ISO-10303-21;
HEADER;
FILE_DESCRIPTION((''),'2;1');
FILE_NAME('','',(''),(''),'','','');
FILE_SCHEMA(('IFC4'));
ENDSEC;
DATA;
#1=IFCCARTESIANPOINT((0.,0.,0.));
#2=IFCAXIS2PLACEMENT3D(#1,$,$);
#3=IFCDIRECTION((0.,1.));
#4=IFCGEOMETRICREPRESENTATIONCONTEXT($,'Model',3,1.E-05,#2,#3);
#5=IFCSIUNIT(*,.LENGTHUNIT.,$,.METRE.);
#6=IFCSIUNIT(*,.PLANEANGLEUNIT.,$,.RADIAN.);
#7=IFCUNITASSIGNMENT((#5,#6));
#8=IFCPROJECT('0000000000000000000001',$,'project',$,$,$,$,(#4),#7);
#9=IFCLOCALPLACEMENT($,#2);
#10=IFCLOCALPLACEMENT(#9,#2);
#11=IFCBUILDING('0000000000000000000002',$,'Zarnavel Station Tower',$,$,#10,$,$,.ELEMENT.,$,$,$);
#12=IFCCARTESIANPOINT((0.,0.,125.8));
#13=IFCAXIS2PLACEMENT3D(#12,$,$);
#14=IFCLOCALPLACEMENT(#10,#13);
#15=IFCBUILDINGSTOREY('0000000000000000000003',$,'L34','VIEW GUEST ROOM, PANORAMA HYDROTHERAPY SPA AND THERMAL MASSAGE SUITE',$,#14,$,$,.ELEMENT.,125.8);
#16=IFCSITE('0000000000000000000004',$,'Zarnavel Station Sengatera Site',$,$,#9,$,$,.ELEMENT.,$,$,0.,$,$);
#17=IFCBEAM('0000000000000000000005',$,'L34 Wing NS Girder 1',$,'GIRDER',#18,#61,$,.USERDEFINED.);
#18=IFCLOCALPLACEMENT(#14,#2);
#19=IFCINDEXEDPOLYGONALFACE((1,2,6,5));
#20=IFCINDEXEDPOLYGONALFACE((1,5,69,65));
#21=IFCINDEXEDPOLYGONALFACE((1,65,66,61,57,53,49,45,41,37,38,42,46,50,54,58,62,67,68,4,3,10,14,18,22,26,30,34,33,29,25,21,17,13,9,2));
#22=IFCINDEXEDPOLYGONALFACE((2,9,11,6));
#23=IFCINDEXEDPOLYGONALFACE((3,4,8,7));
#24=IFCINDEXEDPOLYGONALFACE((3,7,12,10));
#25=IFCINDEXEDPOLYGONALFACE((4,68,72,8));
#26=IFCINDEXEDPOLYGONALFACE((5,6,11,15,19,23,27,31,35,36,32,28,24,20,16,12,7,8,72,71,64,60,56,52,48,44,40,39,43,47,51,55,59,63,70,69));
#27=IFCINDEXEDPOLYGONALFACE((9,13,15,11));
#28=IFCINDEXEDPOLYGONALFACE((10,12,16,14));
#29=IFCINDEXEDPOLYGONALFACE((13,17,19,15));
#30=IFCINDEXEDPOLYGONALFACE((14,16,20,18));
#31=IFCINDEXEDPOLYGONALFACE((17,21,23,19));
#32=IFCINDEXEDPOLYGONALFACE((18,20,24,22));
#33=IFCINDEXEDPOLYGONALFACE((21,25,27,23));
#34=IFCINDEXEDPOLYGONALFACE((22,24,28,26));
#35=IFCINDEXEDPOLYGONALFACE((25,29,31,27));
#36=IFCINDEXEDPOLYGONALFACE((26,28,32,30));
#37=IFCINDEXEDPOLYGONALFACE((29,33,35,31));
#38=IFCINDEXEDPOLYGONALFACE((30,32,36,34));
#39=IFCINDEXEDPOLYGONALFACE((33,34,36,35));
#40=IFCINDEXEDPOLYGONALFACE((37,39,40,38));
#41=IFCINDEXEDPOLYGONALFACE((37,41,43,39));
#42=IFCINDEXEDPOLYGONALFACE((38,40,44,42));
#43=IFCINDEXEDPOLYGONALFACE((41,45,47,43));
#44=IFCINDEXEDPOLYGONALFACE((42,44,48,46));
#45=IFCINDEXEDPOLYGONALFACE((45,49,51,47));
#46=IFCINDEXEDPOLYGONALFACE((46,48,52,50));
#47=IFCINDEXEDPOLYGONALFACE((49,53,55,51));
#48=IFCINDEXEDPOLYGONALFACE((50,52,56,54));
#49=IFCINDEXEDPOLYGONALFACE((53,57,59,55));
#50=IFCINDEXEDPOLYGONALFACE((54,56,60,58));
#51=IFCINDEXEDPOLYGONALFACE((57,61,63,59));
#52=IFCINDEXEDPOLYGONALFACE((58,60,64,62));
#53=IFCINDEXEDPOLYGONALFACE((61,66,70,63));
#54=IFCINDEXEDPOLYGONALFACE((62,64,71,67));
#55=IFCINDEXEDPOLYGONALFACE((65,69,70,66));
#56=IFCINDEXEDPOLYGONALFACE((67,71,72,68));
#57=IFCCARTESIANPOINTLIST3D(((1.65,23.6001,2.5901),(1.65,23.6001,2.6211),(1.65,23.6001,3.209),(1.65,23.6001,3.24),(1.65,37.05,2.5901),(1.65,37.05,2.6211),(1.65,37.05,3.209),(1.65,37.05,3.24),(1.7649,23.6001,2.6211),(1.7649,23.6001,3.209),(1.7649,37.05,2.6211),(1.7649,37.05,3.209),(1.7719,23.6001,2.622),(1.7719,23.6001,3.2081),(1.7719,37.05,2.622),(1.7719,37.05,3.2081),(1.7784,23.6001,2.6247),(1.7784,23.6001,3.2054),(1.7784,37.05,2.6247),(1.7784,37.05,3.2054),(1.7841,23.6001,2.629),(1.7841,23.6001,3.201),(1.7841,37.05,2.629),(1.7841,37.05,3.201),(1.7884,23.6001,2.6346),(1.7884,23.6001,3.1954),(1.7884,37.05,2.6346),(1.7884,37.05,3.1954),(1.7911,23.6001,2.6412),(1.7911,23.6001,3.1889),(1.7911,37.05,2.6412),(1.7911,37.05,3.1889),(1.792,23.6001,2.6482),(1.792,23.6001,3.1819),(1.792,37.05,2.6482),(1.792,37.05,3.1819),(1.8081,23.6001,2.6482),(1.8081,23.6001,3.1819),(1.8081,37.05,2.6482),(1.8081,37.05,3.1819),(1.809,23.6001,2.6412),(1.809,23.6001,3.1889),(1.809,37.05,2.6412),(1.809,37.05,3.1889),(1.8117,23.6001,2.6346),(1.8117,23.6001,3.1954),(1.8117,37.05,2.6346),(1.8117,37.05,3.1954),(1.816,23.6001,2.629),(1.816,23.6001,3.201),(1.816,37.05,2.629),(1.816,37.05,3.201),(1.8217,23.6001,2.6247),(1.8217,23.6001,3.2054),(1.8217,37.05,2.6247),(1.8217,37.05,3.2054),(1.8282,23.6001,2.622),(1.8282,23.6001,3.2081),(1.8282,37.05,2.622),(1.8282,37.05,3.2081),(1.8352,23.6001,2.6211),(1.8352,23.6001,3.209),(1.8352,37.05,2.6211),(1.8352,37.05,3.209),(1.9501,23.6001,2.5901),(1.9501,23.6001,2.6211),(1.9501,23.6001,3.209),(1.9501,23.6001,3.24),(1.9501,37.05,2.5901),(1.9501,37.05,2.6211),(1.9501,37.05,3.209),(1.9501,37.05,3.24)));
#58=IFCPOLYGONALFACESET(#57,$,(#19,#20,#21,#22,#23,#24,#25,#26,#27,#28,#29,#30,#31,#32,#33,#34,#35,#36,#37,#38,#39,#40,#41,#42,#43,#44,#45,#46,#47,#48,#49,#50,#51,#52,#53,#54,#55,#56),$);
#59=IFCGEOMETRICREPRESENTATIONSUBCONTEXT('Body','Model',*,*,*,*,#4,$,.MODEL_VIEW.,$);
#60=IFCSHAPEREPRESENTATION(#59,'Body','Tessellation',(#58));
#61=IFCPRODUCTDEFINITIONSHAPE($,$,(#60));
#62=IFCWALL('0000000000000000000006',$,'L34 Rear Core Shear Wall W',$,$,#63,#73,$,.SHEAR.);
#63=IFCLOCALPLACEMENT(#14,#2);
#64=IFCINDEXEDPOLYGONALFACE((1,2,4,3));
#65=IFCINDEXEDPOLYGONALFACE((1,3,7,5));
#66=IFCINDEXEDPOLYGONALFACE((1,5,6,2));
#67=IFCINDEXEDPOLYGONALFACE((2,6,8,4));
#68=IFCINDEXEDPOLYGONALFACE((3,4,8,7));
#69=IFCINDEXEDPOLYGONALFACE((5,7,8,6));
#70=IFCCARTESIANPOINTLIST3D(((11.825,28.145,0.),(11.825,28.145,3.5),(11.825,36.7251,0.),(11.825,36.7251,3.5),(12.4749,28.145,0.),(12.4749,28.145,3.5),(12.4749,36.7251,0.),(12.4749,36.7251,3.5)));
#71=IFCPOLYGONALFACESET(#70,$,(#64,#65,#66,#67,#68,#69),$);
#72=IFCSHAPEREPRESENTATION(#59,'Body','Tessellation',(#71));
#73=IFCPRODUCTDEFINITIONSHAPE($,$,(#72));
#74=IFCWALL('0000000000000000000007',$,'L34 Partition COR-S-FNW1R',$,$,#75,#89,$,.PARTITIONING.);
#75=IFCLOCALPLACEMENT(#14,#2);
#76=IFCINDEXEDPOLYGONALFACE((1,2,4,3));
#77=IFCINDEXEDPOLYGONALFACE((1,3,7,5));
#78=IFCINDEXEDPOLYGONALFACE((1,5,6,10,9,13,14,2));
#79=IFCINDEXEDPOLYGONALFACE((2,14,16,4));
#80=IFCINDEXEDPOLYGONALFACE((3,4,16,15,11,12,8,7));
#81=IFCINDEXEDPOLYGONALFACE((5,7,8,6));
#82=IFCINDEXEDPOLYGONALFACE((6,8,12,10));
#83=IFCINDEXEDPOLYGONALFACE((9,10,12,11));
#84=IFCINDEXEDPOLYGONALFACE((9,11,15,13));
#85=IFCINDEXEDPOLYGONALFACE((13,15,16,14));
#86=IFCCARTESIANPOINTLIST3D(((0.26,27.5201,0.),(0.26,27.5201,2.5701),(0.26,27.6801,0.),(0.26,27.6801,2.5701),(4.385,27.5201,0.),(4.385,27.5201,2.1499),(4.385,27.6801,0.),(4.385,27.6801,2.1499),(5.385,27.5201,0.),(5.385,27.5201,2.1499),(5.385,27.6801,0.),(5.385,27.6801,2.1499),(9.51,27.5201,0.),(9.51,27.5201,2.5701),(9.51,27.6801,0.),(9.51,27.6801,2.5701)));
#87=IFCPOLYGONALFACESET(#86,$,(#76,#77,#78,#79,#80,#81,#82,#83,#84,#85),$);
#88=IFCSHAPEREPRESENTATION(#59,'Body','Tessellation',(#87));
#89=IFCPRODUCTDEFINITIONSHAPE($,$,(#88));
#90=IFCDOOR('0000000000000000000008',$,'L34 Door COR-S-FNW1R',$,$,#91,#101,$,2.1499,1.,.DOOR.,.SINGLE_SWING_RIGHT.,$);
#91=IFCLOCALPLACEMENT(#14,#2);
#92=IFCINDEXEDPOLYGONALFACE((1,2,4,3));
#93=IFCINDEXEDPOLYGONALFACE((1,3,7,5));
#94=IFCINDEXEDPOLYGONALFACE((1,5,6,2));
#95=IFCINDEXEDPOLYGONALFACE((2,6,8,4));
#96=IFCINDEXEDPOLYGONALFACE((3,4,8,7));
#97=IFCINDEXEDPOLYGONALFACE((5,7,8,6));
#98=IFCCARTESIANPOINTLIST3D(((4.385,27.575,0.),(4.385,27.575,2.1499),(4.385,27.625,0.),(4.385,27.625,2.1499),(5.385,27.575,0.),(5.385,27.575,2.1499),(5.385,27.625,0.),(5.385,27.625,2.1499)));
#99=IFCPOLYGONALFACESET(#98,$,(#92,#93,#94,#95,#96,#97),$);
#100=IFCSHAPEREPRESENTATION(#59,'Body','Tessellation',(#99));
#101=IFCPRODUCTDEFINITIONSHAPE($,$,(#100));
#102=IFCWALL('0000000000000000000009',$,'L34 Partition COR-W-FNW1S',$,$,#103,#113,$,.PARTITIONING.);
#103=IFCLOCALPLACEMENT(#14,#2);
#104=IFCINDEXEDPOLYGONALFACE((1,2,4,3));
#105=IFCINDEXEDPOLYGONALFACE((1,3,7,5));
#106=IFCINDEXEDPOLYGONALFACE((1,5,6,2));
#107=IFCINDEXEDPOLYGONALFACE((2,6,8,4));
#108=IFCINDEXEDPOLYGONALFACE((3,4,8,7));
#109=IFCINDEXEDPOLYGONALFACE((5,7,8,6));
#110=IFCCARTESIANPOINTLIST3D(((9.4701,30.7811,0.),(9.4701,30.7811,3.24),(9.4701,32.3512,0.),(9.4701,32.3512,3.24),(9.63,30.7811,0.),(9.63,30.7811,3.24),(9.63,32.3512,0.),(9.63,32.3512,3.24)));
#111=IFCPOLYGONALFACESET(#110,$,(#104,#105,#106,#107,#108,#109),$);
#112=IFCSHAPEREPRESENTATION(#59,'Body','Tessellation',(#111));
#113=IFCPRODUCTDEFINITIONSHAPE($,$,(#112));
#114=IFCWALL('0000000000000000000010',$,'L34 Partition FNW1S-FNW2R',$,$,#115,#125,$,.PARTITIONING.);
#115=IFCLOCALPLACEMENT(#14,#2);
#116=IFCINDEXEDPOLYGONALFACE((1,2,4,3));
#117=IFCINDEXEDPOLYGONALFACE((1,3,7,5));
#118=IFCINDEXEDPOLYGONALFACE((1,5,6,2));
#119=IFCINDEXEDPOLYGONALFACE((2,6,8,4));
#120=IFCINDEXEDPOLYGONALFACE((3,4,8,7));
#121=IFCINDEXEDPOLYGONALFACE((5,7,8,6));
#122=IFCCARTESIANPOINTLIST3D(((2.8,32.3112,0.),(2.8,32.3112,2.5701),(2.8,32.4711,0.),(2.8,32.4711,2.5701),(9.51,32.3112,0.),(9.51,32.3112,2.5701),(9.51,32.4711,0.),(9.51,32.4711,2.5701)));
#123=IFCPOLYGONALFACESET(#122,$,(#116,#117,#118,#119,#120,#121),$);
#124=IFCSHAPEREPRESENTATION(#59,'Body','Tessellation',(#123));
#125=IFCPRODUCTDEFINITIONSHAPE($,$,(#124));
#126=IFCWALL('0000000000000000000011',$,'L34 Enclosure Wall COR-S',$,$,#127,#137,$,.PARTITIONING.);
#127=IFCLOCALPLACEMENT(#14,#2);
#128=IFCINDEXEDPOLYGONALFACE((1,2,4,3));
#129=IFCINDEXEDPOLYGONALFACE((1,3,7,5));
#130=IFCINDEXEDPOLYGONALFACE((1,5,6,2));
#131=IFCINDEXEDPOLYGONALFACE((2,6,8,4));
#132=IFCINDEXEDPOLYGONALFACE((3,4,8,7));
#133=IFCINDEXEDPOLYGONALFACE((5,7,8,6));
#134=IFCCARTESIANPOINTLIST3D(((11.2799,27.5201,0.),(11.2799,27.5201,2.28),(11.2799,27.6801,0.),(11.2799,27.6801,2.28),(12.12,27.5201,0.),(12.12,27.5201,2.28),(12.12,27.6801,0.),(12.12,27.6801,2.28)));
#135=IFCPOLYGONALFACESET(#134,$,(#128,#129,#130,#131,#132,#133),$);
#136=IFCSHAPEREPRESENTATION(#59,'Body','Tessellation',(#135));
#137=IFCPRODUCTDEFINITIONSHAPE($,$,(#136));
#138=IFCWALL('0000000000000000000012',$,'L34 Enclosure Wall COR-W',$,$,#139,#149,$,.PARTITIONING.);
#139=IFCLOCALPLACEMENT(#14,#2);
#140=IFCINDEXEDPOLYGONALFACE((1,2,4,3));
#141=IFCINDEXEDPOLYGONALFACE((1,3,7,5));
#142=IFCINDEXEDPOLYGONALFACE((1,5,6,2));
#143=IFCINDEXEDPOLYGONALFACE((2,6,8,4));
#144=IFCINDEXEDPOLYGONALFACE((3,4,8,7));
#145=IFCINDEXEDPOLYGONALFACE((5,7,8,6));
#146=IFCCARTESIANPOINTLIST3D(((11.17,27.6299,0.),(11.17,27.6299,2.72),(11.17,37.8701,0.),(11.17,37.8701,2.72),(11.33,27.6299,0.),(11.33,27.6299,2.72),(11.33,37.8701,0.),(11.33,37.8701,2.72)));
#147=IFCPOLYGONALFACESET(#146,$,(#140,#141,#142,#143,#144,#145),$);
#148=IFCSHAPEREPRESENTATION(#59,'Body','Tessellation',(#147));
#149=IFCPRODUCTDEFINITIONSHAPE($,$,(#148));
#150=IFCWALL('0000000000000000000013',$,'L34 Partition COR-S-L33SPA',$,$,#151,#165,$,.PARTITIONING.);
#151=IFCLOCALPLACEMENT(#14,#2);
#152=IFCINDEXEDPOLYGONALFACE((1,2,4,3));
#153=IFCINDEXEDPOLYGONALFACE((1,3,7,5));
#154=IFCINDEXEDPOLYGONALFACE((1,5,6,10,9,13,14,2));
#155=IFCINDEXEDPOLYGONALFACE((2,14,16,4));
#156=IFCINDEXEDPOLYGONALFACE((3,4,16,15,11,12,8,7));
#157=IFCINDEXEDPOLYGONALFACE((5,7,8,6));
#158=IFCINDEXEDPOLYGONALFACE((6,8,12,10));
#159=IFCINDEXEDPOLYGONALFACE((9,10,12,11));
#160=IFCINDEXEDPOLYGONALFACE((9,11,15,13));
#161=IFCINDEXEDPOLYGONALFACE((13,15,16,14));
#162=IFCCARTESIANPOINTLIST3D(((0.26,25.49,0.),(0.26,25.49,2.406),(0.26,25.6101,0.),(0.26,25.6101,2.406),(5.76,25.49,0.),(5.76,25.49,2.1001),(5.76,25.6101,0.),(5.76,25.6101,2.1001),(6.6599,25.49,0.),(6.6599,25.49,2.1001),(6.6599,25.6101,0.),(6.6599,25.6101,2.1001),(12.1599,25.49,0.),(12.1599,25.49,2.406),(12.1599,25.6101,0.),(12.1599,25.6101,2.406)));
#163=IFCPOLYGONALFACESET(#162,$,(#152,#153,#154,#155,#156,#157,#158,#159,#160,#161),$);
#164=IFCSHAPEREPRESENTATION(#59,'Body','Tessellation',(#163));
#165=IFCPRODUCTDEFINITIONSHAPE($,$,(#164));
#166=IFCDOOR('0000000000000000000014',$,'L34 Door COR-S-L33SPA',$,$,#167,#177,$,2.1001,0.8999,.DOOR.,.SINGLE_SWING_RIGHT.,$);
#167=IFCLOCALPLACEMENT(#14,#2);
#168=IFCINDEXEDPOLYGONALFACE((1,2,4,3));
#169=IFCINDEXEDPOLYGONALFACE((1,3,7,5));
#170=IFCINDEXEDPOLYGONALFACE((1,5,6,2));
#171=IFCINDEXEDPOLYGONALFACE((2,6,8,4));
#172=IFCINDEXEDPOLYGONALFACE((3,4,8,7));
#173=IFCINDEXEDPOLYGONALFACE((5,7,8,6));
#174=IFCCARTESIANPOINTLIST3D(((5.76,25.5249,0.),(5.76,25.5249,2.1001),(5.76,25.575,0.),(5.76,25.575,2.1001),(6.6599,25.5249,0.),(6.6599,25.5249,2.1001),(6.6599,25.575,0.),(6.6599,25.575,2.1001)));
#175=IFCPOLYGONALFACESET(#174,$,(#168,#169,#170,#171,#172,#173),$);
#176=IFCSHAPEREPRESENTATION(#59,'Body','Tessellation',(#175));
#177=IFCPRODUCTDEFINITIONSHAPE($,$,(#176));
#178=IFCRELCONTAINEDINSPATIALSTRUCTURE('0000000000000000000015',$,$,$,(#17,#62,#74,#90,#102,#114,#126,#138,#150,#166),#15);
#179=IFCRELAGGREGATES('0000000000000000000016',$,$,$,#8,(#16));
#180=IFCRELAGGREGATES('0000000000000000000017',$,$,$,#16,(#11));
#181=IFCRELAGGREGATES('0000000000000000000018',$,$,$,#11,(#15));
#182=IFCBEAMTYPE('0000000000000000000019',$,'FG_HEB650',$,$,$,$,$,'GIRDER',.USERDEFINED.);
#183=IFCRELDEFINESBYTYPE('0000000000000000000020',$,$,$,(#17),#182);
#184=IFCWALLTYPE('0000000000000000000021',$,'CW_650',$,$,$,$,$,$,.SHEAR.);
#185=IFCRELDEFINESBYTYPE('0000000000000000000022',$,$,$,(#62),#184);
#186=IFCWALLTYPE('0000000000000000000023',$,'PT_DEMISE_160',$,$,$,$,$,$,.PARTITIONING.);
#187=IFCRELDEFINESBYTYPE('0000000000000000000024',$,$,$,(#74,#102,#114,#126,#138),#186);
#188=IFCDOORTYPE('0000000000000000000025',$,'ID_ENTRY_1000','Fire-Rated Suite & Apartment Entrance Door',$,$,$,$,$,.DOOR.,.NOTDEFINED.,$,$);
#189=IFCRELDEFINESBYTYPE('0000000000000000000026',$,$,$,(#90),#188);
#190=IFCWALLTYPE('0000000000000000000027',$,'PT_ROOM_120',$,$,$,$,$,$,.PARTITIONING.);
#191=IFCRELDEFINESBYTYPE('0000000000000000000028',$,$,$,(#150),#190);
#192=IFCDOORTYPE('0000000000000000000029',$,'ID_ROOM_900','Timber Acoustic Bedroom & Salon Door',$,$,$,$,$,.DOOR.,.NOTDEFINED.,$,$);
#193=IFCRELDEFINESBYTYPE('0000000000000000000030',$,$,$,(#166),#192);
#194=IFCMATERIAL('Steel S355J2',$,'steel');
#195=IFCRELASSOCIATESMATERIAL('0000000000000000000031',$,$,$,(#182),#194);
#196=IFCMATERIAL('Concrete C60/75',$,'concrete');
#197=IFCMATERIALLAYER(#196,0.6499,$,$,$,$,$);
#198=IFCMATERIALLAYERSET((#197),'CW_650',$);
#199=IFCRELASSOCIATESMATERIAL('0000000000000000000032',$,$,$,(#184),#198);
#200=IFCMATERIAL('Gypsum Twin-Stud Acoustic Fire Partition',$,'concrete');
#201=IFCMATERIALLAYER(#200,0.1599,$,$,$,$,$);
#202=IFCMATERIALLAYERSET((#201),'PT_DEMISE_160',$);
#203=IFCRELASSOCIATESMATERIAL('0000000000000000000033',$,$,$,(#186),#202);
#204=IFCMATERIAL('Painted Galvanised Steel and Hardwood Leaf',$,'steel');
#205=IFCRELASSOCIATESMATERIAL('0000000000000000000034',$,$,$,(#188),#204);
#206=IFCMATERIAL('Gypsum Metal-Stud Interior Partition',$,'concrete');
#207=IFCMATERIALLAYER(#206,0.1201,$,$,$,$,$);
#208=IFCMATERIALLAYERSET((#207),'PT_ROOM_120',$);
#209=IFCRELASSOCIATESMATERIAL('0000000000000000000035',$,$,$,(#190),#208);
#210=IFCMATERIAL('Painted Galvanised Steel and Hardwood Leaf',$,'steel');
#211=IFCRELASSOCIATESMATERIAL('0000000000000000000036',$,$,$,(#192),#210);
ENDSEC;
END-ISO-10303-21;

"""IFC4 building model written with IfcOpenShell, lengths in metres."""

from ifc_helpers import new_model, si_unit, direction, frame, frame_2d, origin, origin_2d, place, context, subcontext, project, spatial, rectangle, i_section, extrude, material, layer, layer_set, material_profile, profile_set, type_object, element, fill, save


model = new_model("IFC4")

# Units and contexts
model_context = context("Model", 3, precision=1e-05, world=origin(), true_north=direction((0.0, 1.0)))
body_context = subcontext(model_context, "Body", "Model", "MODEL_VIEW")
ifc_project = project(units=[si_unit("LENGTHUNIT", "METRE"), si_unit("PLANEANGLEUNIT", "RADIAN")], contexts=[model_context])

# Site, building, storey
site_placement = place(None, origin())
site = spatial("IfcSite", under=ifc_project, at=site_placement, Name="Zarnavel Station Sengatera Site", CompositionType="ELEMENT", RefElevation=0.0)
building_placement = place(site_placement, origin())
building = spatial("IfcBuilding", under=site, at=building_placement, Name="Zarnavel Station Tower", CompositionType="ELEMENT")
storey_placement = place(building_placement, frame((0.0, 0.0, 125.8)))
storey = spatial("IfcBuildingStorey", under=building, at=storey_placement, Name="L34", Description="VIEW GUEST ROOM, PANORAMA HYDROTHERAPY SPA AND THERMAL MASSAGE SUITE", CompositionType="ELEMENT", Elevation=125.8)

# Beam
ifc_material_1 = material(Name="Steel S355J2", Category="steel")
ifc_material_profile_1 = material_profile(ifc_material_1, i_section(OverallWidth=0.3, OverallDepth=0.6499, WebThickness=0.0161, FlangeThickness=0.031, FilletRadius=0.0271, at=origin_2d()), Name="HEB650")
ifc_profile_set_1 = profile_set([ifc_material_profile_1], Name="Steel S355J2")
beam_type_1 = type_object("IfcBeamType", Name="FG_HEB650", ElementType="GIRDER", PredefinedType="USERDEFINED", material=ifc_profile_set_1)
beam_1_placement = place(storey_placement, frame((1.8, 23.6001, 2.915), z_axis=(0.0, 1.0, 0.0), x_axis=(-1.0, 0.0, 0.0)))
element("IfcBeam", 1, at=beam_1_placement, inside=storey, type_object=beam_type_1, Name="L34 Wing NS Girder 1", ObjectType="GIRDER", PredefinedType="USERDEFINED", context=body_context, shape_type="SweptSolid", body=[
    extrude(i_section(OverallWidth=0.3, OverallDepth=0.6499, WebThickness=0.0161, FlangeThickness=0.031, FilletRadius=0.0271, at=origin_2d()), origin(), (0.0, 0.0, 1.0), 13.45),
])

# Wall
ifc_material_2 = material(Name="Concrete C60/75", Category="concrete")
ifc_layer_1 = layer(ifc_material_2, 0.6499)
ifc_layer_set_1 = layer_set([ifc_layer_1], Name="CW_650")
wall_type_1 = type_object("IfcWallType", Name="CW_650", PredefinedType="SHEAR", material=ifc_layer_set_1)
wall_1_placement = place(storey_placement, frame((12.1499, 28.145, 0.0), z_axis=(0.0, 0.0, 1.0), x_axis=(0.0, 1.0, 0.0)))
element("IfcWall", 2, at=wall_1_placement, inside=storey, type_object=wall_type_1, Name="L34 Rear Core Shear Wall W", PredefinedType="SHEAR", context=body_context, shape_type="SweptSolid", body=[
    extrude(rectangle(XDim=8.5801, YDim=0.6499, at=frame_2d((4.29, 0.0))), origin(), (0.0, 0.0, 1.0), 3.5),
])

# Wall, opening, door
ifc_material_3 = material(Name="Gypsum Twin-Stud Acoustic Fire Partition", Category="concrete")
ifc_layer_2 = layer(ifc_material_3, 0.1599)
ifc_layer_set_2 = layer_set([ifc_layer_2], Name="PT_DEMISE_160")
wall_type_2 = type_object("IfcWallType", Name="PT_DEMISE_160", PredefinedType="PARTITIONING", material=ifc_layer_set_2)
wall_2_placement = place(storey_placement, frame((0.26, 27.6001, 0.0), z_axis=(0.0, 0.0, 1.0), x_axis=(1.0, 0.0, 0.0)))
wall_2 = element("IfcWall", 3, at=wall_2_placement, inside=storey, type_object=wall_type_2, Name="L34 Partition COR-S-FNW1R", PredefinedType="PARTITIONING", context=body_context, shape_type="SweptSolid", body=[
    extrude(rectangle(XDim=9.25, YDim=0.1599, at=frame_2d((4.625, 0.0))), origin(), (0.0, 0.0, 1.0), 2.5701),
])
opening_1_placement = place(wall_2_placement, frame((4.125, 0.0, 0.0)))
opening_1 = element("IfcOpeningElement", 4, at=opening_1_placement, cuts=wall_2, PredefinedType="OPENING", context=body_context, shape_type="SweptSolid", body=[
    extrude(rectangle(XDim=1.0, YDim=2.1499, at=frame_2d((0.5, 1.075))), frame((0.0, 0.0898, 0.0), z_axis=(0.0, -1.0, 0.0), x_axis=(1.0, 0.0, 0.0)), (0.0, 0.0, 1.0), 0.1799),
])
ifc_material_4 = material(Name="Painted Galvanised Steel and Hardwood Leaf", Category="steel")
door_type_1 = type_object("IfcDoorType", Name="ID_ENTRY_1000", Description="Fire-Rated Suite & Apartment Entrance Door", OperationType="NOTDEFINED", PredefinedType="DOOR", material=ifc_material_4)
door_1_placement = place(opening_1_placement, origin())
door_1 = element("IfcDoor", 5, at=door_1_placement, inside=storey, type_object=door_type_1, Name="L34 Door COR-S-FNW1R", OperationType="SINGLE_SWING_RIGHT", OverallHeight=2.1499, OverallWidth=1.0, PredefinedType="DOOR", context=body_context, shape_type="SweptSolid", body=[
    extrude(rectangle(XDim=1.0, YDim=2.1499, at=frame_2d((0.5, 1.075))), frame((0.0, 0.0249, 0.0), z_axis=(0.0, -1.0, 0.0), x_axis=(1.0, 0.0, 0.0)), (0.0, 0.0, 1.0), 0.05),
])
fill(opening_1, door_1)

# Wall
wall_3_placement = place(storey_placement, frame((9.55, 30.781, 0.0), z_axis=(0.0, 0.0, 1.0), x_axis=(0.0, 1.0, 0.0)))
element("IfcWall", 6, at=wall_3_placement, inside=storey, type_object=wall_type_2, Name="L34 Partition COR-W-FNW1S", PredefinedType="PARTITIONING", context=body_context, shape_type="SweptSolid", body=[
    extrude(rectangle(XDim=1.5701, YDim=0.1599, at=frame_2d((0.7852, 0.0))), origin(), (0.0, 0.0, 1.0), 3.24),
])

# Walls
wall_4_placement = place(storey_placement, frame((2.8, 32.3911, 0.0), z_axis=(0.0, 0.0, 1.0), x_axis=(1.0, 0.0, 0.0)))
element("IfcWall", 7, at=wall_4_placement, inside=storey, type_object=wall_type_2, Name="L34 Partition FNW1S-FNW2R", PredefinedType="PARTITIONING", context=body_context, shape_type="SweptSolid", body=[
    extrude(rectangle(XDim=6.71, YDim=0.1599, at=frame_2d((3.355, 0.0))), origin(), (0.0, 0.0, 1.0), 2.5701),
])
wall_5_placement = place(storey_placement, frame((11.28, 27.6001, 0.0), z_axis=(0.0, 0.0, 1.0), x_axis=(1.0, 0.0, 0.0)))
element("IfcWall", 8, at=wall_5_placement, inside=storey, type_object=wall_type_2, Name="L34 Enclosure Wall COR-S", PredefinedType="PARTITIONING", context=body_context, shape_type="SweptSolid", body=[
    extrude(rectangle(XDim=0.8401, YDim=0.1599, at=frame_2d((0.4199, 0.0))), origin(), (0.0, 0.0, 1.0), 2.28),
])
wall_6_placement = place(storey_placement, frame((11.25, 27.6299, 0.0), z_axis=(0.0, 0.0, 1.0), x_axis=(0.0, 1.0, 0.0)))
element("IfcWall", 9, at=wall_6_placement, inside=storey, type_object=wall_type_2, Name="L34 Enclosure Wall COR-W", PredefinedType="PARTITIONING", context=body_context, shape_type="SweptSolid", body=[
    extrude(rectangle(XDim=10.2402, YDim=0.1599, at=frame_2d((5.1201, 0.0))), origin(), (0.0, 0.0, 1.0), 2.72),
])

# Wall, opening, door
ifc_material_5 = material(Name="Gypsum Metal-Stud Interior Partition", Category="concrete")
ifc_layer_3 = layer(ifc_material_5, 0.1201)
ifc_layer_set_3 = layer_set([ifc_layer_3], Name="PT_ROOM_120")
wall_type_3 = type_object("IfcWallType", Name="PT_ROOM_120", PredefinedType="PARTITIONING", material=ifc_layer_set_3)
wall_7_placement = place(storey_placement, frame((0.26, 25.55, 0.0), z_axis=(0.0, 0.0, 1.0), x_axis=(1.0, 0.0, 0.0)))
wall_7 = element("IfcWall", 10, at=wall_7_placement, inside=storey, type_object=wall_type_3, Name="L34 Partition COR-S-L33SPA", PredefinedType="PARTITIONING", context=body_context, shape_type="SweptSolid", body=[
    extrude(rectangle(XDim=11.8999, YDim=0.1201, at=frame_2d((5.95, 0.0))), origin(), (0.0, 0.0, 1.0), 2.406),
])
opening_2_placement = place(wall_7_placement, frame((5.5, 0.0, 0.0)))
opening_2 = element("IfcOpeningElement", 11, at=opening_2_placement, cuts=wall_7, PredefinedType="OPENING", context=body_context, shape_type="SweptSolid", body=[
    extrude(rectangle(XDim=0.8999, YDim=2.1001, at=frame_2d((0.45, 1.05))), frame((0.0, 0.0701, 0.0), z_axis=(0.0, -1.0, 0.0), x_axis=(1.0, 0.0, 0.0)), (0.0, 0.0, 1.0), 0.1401),
])
ifc_material_6 = material(Name="Painted Galvanised Steel and Hardwood Leaf", Category="steel")
door_type_2 = type_object("IfcDoorType", Name="ID_ROOM_900", Description="Timber Acoustic Bedroom & Salon Door", OperationType="NOTDEFINED", PredefinedType="DOOR", material=ifc_material_6)
door_2_placement = place(opening_2_placement, origin())
door_2 = element("IfcDoor", 12, at=door_2_placement, inside=storey, type_object=door_type_2, Name="L34 Door COR-S-L33SPA", OperationType="SINGLE_SWING_RIGHT", OverallHeight=2.1001, OverallWidth=0.8999, PredefinedType="DOOR", context=body_context, shape_type="SweptSolid", body=[
    extrude(rectangle(XDim=0.8999, YDim=2.1001, at=frame_2d((0.45, 1.05))), frame((0.0, 0.0249, 0.0), z_axis=(0.0, -1.0, 0.0), x_axis=(1.0, 0.0, 0.0)), (0.0, 0.0, 1.0), 0.05),
])
fill(opening_2, door_2)

save(model, "model.ifc")
